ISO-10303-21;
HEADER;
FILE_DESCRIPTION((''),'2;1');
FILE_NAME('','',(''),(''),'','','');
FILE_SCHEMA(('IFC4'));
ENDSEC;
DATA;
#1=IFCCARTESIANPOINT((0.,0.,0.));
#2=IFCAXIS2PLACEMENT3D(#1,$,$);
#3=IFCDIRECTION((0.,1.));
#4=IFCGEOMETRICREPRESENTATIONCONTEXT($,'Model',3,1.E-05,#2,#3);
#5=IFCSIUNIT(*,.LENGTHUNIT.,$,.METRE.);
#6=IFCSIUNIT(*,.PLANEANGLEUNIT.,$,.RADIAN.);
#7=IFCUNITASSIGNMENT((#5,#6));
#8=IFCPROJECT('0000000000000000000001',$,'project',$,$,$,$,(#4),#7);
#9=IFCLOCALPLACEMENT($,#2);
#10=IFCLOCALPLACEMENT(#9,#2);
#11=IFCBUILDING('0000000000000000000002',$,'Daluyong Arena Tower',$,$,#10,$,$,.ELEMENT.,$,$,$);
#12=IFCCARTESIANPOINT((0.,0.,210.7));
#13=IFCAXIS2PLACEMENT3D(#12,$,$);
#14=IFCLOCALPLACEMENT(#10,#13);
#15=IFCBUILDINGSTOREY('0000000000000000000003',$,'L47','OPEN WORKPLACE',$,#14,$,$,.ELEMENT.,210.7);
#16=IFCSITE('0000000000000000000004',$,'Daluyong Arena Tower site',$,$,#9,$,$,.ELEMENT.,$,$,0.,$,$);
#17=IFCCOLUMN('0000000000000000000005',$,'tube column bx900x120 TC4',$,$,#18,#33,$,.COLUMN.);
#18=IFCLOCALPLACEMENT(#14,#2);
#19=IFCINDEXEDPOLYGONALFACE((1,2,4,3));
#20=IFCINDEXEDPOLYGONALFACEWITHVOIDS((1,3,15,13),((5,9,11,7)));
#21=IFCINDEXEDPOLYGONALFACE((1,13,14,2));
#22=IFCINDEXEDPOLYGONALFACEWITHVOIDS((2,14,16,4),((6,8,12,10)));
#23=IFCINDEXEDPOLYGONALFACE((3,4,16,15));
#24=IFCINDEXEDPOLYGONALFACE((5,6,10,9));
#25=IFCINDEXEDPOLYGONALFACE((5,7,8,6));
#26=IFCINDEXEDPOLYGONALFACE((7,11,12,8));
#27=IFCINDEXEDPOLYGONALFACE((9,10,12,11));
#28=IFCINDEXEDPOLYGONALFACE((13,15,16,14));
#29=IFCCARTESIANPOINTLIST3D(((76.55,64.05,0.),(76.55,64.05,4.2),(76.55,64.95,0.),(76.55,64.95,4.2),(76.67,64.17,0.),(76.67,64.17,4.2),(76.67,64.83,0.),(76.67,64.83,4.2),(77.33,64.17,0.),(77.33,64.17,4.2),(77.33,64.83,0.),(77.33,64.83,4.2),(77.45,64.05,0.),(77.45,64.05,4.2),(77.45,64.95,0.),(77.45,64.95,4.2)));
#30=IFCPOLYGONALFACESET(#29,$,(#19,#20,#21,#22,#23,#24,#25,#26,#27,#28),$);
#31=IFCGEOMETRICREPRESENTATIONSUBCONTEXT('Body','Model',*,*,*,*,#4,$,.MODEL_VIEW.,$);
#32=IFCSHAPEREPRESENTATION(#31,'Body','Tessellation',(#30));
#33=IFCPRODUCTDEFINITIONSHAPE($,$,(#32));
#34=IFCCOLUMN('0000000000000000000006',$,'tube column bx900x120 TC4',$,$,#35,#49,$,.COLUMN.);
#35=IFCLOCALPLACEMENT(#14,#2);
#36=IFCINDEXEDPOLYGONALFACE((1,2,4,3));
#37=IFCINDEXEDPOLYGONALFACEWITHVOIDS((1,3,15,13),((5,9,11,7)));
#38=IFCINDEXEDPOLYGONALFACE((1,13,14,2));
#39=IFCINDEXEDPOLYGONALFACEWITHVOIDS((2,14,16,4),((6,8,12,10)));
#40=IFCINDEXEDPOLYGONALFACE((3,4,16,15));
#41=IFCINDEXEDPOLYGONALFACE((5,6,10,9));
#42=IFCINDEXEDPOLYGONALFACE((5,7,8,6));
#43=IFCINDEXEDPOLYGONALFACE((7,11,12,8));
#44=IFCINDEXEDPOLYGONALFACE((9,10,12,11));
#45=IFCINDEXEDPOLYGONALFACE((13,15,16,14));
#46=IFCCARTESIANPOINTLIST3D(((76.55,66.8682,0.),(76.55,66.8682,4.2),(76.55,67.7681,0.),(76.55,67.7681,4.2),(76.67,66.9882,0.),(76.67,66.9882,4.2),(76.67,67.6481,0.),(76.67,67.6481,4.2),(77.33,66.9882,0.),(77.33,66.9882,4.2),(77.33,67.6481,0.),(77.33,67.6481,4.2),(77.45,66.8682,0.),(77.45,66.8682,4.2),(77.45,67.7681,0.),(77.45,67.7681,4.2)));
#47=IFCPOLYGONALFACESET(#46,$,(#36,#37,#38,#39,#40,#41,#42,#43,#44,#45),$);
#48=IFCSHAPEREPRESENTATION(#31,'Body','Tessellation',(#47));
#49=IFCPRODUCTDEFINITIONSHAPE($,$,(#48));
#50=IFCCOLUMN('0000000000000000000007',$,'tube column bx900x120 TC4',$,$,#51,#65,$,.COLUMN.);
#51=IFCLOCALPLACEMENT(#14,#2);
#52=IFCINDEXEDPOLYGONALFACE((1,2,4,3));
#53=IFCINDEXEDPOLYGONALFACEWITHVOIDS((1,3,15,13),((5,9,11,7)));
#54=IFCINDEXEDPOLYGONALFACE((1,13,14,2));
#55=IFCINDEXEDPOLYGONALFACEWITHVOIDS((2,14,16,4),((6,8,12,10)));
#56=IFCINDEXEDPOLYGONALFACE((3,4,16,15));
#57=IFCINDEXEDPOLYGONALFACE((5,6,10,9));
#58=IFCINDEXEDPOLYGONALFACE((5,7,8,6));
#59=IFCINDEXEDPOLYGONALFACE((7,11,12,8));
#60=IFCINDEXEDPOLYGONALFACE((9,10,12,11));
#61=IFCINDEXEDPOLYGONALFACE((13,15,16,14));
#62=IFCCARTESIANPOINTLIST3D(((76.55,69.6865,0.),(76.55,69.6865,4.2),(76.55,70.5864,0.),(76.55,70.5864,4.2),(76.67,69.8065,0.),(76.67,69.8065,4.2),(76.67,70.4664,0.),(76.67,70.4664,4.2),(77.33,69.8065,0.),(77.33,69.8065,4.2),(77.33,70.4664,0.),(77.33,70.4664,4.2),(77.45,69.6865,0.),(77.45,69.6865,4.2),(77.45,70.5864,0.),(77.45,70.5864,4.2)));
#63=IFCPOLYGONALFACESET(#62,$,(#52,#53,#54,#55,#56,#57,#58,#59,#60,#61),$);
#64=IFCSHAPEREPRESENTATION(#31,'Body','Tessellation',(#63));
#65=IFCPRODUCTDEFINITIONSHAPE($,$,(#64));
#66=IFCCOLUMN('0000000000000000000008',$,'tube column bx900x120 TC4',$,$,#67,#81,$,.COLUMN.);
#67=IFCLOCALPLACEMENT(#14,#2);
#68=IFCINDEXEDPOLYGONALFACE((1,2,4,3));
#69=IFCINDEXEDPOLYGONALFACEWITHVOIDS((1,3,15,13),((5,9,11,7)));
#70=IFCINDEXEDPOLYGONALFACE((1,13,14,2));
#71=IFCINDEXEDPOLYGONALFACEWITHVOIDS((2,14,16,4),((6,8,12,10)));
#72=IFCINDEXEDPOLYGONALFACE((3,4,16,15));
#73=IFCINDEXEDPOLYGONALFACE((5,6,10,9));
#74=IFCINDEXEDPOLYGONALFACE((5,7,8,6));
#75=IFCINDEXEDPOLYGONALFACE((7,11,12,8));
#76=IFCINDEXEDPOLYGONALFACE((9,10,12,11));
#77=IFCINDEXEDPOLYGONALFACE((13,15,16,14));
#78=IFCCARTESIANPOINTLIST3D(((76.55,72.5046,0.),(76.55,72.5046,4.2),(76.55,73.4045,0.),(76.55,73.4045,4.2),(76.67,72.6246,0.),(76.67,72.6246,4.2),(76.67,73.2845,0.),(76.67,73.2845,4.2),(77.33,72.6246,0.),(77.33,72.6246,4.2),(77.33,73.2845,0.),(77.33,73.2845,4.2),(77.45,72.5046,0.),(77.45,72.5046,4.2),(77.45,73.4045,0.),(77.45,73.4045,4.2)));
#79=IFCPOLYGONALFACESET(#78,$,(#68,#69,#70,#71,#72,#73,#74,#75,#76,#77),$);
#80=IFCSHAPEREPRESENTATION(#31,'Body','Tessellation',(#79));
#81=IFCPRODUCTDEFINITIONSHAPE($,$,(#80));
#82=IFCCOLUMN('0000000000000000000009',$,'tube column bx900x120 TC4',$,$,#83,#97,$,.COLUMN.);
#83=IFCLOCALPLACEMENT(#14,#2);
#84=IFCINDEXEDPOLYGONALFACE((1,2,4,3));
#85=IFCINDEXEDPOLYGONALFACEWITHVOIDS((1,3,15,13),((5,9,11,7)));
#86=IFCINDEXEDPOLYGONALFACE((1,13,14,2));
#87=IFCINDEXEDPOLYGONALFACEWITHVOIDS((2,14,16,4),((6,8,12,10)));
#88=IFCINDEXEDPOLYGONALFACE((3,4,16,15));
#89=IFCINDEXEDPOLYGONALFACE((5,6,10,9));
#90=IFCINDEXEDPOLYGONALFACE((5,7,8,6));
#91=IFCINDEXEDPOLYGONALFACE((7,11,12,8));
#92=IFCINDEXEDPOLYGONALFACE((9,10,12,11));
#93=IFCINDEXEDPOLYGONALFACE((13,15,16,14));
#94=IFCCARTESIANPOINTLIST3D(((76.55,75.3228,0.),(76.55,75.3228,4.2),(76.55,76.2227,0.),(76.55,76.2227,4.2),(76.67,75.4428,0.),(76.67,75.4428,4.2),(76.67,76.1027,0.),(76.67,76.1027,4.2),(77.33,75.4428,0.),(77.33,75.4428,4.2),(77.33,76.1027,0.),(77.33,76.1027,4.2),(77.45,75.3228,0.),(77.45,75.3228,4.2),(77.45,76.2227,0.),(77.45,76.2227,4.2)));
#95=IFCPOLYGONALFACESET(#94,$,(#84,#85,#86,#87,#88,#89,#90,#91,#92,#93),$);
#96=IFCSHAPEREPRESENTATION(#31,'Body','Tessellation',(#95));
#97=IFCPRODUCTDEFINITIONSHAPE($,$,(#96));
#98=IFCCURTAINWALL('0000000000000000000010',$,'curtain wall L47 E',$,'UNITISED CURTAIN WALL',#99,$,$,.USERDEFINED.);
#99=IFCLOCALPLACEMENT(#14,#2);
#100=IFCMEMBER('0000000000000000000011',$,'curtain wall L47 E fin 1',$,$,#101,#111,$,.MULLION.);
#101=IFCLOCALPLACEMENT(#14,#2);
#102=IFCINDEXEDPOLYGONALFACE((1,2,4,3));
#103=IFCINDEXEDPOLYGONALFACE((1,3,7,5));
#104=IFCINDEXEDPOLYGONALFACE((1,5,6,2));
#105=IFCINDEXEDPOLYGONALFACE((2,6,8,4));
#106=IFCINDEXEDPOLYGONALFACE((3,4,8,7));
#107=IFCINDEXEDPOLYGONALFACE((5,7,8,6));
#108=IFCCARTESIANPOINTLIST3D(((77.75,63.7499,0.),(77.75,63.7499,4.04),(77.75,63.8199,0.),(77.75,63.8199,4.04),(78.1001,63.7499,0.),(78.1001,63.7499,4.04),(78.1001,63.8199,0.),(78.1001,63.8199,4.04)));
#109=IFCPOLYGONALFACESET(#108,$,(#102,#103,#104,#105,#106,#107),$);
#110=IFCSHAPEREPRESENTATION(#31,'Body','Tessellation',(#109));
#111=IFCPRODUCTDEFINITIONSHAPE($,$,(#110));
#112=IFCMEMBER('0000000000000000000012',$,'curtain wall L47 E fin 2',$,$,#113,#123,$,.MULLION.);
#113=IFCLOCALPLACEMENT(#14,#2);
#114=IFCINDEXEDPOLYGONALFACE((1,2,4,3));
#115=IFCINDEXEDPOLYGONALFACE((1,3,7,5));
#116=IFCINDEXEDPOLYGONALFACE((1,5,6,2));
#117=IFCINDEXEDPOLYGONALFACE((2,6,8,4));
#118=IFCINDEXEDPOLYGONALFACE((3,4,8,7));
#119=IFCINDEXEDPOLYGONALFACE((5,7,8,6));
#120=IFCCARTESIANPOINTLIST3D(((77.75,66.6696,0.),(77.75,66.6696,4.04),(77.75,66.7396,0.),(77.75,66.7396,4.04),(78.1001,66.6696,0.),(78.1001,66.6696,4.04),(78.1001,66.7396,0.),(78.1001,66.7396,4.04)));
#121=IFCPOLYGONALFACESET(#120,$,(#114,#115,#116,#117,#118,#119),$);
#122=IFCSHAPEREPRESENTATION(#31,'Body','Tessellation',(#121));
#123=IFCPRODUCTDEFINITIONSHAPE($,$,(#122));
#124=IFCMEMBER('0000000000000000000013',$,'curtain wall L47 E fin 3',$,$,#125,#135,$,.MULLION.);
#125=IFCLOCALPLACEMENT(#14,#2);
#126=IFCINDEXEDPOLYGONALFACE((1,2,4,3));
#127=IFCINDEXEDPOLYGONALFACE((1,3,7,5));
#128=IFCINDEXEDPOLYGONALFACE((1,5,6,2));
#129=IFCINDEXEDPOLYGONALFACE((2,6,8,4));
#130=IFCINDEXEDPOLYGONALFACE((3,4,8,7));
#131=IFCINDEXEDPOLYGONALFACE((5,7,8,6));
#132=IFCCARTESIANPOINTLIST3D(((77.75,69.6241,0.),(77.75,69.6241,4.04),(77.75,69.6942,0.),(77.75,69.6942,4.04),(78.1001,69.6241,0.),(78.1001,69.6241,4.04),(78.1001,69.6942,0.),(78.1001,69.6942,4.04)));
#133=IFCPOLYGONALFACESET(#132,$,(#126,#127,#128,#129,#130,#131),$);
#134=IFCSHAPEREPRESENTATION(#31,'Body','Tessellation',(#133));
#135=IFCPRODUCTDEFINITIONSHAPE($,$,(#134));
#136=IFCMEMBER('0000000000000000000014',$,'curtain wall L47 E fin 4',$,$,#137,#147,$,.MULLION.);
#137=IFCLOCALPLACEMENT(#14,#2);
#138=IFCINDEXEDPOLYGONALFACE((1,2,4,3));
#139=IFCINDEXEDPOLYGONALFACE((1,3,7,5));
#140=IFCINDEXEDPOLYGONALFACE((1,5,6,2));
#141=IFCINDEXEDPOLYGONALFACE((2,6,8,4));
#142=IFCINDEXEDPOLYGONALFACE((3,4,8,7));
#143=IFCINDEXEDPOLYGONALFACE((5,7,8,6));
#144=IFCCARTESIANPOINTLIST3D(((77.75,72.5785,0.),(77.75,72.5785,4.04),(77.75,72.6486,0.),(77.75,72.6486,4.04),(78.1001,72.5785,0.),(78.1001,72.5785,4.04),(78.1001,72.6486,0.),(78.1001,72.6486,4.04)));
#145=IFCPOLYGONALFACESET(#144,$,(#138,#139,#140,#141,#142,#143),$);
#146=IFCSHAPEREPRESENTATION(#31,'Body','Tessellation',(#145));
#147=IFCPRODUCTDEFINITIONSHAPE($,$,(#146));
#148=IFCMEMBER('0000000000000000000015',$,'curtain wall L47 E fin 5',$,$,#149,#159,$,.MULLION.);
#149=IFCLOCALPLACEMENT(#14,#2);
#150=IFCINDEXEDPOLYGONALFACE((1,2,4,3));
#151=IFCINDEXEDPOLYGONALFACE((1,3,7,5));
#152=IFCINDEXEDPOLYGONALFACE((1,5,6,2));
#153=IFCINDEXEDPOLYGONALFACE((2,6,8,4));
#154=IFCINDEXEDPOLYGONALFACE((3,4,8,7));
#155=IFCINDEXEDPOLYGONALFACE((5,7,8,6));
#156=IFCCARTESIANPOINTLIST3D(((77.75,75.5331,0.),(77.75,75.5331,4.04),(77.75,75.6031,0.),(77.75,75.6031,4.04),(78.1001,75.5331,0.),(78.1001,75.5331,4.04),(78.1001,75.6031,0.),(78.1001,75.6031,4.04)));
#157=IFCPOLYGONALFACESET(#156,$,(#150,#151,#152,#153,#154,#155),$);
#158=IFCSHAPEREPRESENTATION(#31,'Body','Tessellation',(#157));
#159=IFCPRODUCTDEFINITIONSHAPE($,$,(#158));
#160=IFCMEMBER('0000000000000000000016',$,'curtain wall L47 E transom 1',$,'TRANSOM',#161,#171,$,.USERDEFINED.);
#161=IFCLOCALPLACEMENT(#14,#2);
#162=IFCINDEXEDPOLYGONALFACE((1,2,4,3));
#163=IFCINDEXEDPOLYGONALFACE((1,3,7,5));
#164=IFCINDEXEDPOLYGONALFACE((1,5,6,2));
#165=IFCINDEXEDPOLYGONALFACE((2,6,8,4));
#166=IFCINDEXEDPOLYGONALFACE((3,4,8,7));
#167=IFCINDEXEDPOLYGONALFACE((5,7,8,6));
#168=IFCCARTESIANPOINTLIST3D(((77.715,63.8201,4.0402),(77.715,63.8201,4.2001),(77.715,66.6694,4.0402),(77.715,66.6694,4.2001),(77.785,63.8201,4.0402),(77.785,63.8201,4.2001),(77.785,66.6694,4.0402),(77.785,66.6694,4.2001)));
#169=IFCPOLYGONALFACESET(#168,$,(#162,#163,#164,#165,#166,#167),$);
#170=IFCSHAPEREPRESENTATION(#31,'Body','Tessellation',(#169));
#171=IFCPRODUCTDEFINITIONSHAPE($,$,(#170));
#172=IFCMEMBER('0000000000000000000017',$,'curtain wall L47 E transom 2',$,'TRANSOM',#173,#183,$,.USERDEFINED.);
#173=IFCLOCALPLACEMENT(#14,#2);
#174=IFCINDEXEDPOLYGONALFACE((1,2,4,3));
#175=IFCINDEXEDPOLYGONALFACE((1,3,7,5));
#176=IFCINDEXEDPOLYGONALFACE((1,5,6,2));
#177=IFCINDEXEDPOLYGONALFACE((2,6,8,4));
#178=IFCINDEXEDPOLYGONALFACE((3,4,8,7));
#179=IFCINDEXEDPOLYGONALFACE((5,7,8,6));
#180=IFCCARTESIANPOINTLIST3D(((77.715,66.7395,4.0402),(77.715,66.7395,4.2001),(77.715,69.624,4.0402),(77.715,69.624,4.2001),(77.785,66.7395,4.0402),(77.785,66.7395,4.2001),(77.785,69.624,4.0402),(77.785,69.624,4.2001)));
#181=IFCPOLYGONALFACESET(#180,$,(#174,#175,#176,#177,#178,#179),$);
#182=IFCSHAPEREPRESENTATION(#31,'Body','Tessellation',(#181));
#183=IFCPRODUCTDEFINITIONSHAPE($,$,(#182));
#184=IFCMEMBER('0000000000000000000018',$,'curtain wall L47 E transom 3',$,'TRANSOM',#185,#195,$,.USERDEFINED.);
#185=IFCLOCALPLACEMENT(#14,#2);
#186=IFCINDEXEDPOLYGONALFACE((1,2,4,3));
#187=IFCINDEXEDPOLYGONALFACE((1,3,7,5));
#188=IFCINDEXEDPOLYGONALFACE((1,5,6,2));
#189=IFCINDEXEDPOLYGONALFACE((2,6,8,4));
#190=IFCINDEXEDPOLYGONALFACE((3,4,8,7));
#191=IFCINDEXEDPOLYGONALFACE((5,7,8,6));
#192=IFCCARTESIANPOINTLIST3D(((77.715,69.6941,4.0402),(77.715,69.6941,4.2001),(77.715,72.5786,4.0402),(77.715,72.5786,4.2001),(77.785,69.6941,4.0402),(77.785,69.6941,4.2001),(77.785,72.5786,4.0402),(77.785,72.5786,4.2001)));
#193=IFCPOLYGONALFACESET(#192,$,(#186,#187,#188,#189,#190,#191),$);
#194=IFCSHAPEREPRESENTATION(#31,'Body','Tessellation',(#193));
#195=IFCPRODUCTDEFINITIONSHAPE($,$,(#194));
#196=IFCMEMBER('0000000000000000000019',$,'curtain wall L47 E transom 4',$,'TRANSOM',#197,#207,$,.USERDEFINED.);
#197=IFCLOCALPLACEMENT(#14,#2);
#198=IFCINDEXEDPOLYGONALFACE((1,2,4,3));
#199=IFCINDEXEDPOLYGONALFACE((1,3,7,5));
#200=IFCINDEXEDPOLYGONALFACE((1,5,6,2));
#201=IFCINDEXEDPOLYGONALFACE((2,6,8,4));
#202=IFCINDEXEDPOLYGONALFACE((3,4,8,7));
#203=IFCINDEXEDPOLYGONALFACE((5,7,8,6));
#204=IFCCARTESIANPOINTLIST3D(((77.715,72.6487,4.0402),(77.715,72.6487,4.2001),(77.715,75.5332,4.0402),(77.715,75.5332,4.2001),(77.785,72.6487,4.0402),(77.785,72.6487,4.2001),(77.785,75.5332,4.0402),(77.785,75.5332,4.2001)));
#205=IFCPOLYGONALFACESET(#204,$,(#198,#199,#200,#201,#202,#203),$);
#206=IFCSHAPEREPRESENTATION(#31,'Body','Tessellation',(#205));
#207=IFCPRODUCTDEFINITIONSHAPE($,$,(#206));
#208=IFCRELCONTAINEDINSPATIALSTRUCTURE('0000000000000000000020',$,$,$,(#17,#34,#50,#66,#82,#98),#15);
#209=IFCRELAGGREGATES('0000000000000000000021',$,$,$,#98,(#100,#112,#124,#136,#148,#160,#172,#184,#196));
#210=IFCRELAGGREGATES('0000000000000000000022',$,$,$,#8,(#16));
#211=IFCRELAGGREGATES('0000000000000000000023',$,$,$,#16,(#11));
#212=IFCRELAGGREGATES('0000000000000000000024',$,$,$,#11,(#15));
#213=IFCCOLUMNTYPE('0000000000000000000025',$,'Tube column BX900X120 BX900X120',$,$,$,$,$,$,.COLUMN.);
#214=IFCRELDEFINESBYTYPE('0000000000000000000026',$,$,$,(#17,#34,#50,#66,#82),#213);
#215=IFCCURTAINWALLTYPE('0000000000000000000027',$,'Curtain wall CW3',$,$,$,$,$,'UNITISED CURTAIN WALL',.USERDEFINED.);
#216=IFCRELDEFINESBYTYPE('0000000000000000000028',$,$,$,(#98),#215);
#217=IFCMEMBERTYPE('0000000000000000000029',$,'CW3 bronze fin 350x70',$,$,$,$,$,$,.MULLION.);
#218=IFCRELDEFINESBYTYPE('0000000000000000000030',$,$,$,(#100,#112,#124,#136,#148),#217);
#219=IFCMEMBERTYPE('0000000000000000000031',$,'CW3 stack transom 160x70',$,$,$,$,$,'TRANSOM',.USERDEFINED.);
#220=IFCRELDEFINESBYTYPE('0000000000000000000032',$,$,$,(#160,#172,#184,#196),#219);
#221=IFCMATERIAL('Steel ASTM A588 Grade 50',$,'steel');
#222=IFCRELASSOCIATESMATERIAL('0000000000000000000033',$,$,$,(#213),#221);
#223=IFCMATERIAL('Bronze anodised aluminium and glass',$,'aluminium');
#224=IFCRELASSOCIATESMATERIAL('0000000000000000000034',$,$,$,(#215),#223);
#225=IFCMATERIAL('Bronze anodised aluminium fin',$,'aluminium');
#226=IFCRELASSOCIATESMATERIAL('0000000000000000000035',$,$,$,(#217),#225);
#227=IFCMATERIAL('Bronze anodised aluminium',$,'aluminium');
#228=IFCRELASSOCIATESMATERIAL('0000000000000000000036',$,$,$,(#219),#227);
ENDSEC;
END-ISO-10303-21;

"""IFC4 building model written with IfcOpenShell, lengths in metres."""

from ifc_helpers import new_model, si_unit, direction, frame, origin, origin_2d, place, context, subcontext, project, spatial, rectangle, hollow_rectangle, extrude, material, material_profile, profile_set, type_object, element, aggregate, save


model = new_model("IFC4")

# Units and contexts
model_context = context("Model", 3, precision=1e-05, world=origin(), true_north=direction((0.0, 1.0)))
body_context = subcontext(model_context, "Body", "Model", "MODEL_VIEW")
ifc_project = project(units=[si_unit("LENGTHUNIT", "METRE"), si_unit("PLANEANGLEUNIT", "RADIAN")], contexts=[model_context])

# Site, building, storey
site_placement = place(None, origin())
site = spatial("IfcSite", under=ifc_project, at=site_placement, Name="Daluyong Arena Tower site", CompositionType="ELEMENT", RefElevation=0.0)
building_placement = place(site_placement, origin())
building = spatial("IfcBuilding", under=site, at=building_placement, Name="Daluyong Arena Tower", CompositionType="ELEMENT")
storey_placement = place(building_placement, frame((0.0, 0.0, 210.7)))
storey = spatial("IfcBuildingStorey", under=building, at=storey_placement, Name="L47", Description="OPEN WORKPLACE", CompositionType="ELEMENT", Elevation=210.7)

# Columns
ifc_material_1 = material(Name="Steel ASTM A588 Grade 50", Category="steel")
ifc_material_profile_1 = material_profile(ifc_material_1, hollow_rectangle(XDim=0.8999, YDim=0.8999, WallThickness=0.12, at=origin_2d()))
ifc_profile_set_1 = profile_set([ifc_material_profile_1], Name="Steel ASTM A588 Grade 50")
column_type = type_object("IfcColumnType", Name="Tube column BX900X120 BX900X120", PredefinedType="COLUMN", material=ifc_profile_set_1)
for number, where, z_axis, x_axis, name in (
    (1, (77.0, 64.5, 0.0), (0.0, 0.0, 1.0), (0.0, 1.0, 0.0), "tube column bx900x120 TC4"),
    (2, (77.0, 67.3181, 0.0), (0.0, 0.0, 1.0), (0.0, 1.0, 0.0), "tube column bx900x120 TC4"),
    (3, (77.0, 70.1365, 0.0), (0.0, 0.0, 1.0), (0.0, 1.0, 0.0), "tube column bx900x120 TC4"),
    (4, (77.0, 72.9546, 0.0), (0.0, 0.0, 1.0), (0.0, 1.0, 0.0), "tube column bx900x120 TC4"),
    (5, (77.0, 75.7727, 0.0), (0.0, 0.0, 1.0), (0.0, 1.0, 0.0), "tube column bx900x120 TC4"),
):
    element("IfcColumn", number, at=place(storey_placement, frame(where, z_axis=z_axis, x_axis=x_axis)), inside=storey, type_object=column_type, Name=name, PredefinedType="COLUMN", context=body_context, shape_type="SweptSolid", body=[
        extrude(hollow_rectangle(XDim=0.8999, YDim=0.8999, WallThickness=0.12, at=origin_2d()), origin(), (0.0, 0.0, 1.0), 4.2),
    ])

# Curtain wall, members
ifc_material_2 = material(Name="Bronze anodised aluminium and glass", Category="aluminium")
curtain_wall_type_1 = type_object("IfcCurtainWallType", Name="Curtain wall CW3", ElementType="UNITISED CURTAIN WALL", PredefinedType="USERDEFINED", material=ifc_material_2)
curtain_wall_1_placement = place(storey_placement, origin())
curtain_wall_1 = element("IfcCurtainWall", 6, at=curtain_wall_1_placement, inside=storey, type_object=curtain_wall_type_1, Name="curtain wall L47 E", ObjectType="UNITISED CURTAIN WALL", PredefinedType="USERDEFINED")
ifc_material_3 = material(Name="Bronze anodised aluminium fin", Category="aluminium")
ifc_material_profile_2 = material_profile(ifc_material_3, rectangle(XDim=0.3501, YDim=0.0701, at=origin_2d()))
ifc_profile_set_2 = profile_set([ifc_material_profile_2], Name="Bronze anodised aluminium fin")
member_type_1 = type_object("IfcMemberType", Name="CW3 bronze fin 350x70", PredefinedType="MULLION", material=ifc_profile_set_2)
member_1_placement = place(storey_placement, frame((77.925, 63.7849, 0.0), z_axis=(0.0, 0.0, 1.0), x_axis=(-1.0, 0.0, 0.0)))
member_1 = element("IfcMember", 7, at=member_1_placement, type_object=member_type_1, Name="curtain wall L47 E fin 1", PredefinedType="MULLION", context=body_context, shape_type="SweptSolid", body=[
    extrude(rectangle(XDim=0.3501, YDim=0.0701, at=origin_2d()), origin(), (0.0, 0.0, 1.0), 4.04),
])
member_2_placement = place(storey_placement, frame((77.925, 66.7046, 0.0), z_axis=(0.0, 0.0, 1.0), x_axis=(-1.0, 0.0, 0.0)))
member_2 = element("IfcMember", 8, at=member_2_placement, type_object=member_type_1, Name="curtain wall L47 E fin 2", PredefinedType="MULLION", context=body_context, shape_type="SweptSolid", body=[
    extrude(rectangle(XDim=0.3501, YDim=0.0701, at=origin_2d()), origin(), (0.0, 0.0, 1.0), 4.04),
])
member_3_placement = place(storey_placement, frame((77.925, 69.6592, 0.0), z_axis=(0.0, 0.0, 1.0), x_axis=(-1.0, 0.0, 0.0)))
member_3 = element("IfcMember", 9, at=member_3_placement, type_object=member_type_1, Name="curtain wall L47 E fin 3", PredefinedType="MULLION", context=body_context, shape_type="SweptSolid", body=[
    extrude(rectangle(XDim=0.3501, YDim=0.0701, at=origin_2d()), origin(), (0.0, 0.0, 1.0), 4.04),
])
member_4_placement = place(storey_placement, frame((77.925, 72.6135, 0.0), z_axis=(0.0, 0.0, 1.0), x_axis=(-1.0, 0.0, 0.0)))
member_4 = element("IfcMember", 10, at=member_4_placement, type_object=member_type_1, Name="curtain wall L47 E fin 4", PredefinedType="MULLION", context=body_context, shape_type="SweptSolid", body=[
    extrude(rectangle(XDim=0.3501, YDim=0.0701, at=origin_2d()), origin(), (0.0, 0.0, 1.0), 4.04),
])
member_5_placement = place(storey_placement, frame((77.925, 75.5681, 0.0), z_axis=(0.0, 0.0, 1.0), x_axis=(-1.0, 0.0, 0.0)))
member_5 = element("IfcMember", 11, at=member_5_placement, type_object=member_type_1, Name="curtain wall L47 E fin 5", PredefinedType="MULLION", context=body_context, shape_type="SweptSolid", body=[
    extrude(rectangle(XDim=0.3501, YDim=0.0701, at=origin_2d()), origin(), (0.0, 0.0, 1.0), 4.04),
])
ifc_material_4 = material(Name="Bronze anodised aluminium", Category="aluminium")
ifc_material_profile_3 = material_profile(ifc_material_4, rectangle(XDim=0.0701, YDim=0.1599, at=origin_2d()))
ifc_profile_set_3 = profile_set([ifc_material_profile_3], Name="Bronze anodised aluminium")
member_type_2 = type_object("IfcMemberType", Name="CW3 stack transom 160x70", ElementType="TRANSOM", PredefinedType="USERDEFINED", material=ifc_profile_set_3)
member_6_placement = place(storey_placement, frame((77.75, 63.8201, 4.1201), z_axis=(0.0, 1.0, 0.0), x_axis=(-1.0, 0.0, 0.0)))
member_6 = element("IfcMember", 12, at=member_6_placement, type_object=member_type_2, Name="curtain wall L47 E transom 1", ObjectType="TRANSOM", PredefinedType="USERDEFINED", context=body_context, shape_type="SweptSolid", body=[
    extrude(rectangle(XDim=0.0701, YDim=0.1599, at=origin_2d()), origin(), (0.0, 0.0, 1.0), 2.8494),
])
member_7_placement = place(storey_placement, frame((77.75, 66.7395, 4.1201), z_axis=(0.0, 1.0, 0.0), x_axis=(-1.0, 0.0, 0.0)))
member_7 = element("IfcMember", 13, at=member_7_placement, type_object=member_type_2, Name="curtain wall L47 E transom 2", ObjectType="TRANSOM", PredefinedType="USERDEFINED", context=body_context, shape_type="SweptSolid", body=[
    extrude(rectangle(XDim=0.0701, YDim=0.1599, at=origin_2d()), origin(), (0.0, 0.0, 1.0), 2.8845),
])
member_8_placement = place(storey_placement, frame((77.75, 69.6941, 4.1201), z_axis=(0.0, 1.0, 0.0), x_axis=(-1.0, 0.0, 0.0)))
member_8 = element("IfcMember", 14, at=member_8_placement, type_object=member_type_2, Name="curtain wall L47 E transom 3", ObjectType="TRANSOM", PredefinedType="USERDEFINED", context=body_context, shape_type="SweptSolid", body=[
    extrude(rectangle(XDim=0.0701, YDim=0.1599, at=origin_2d()), origin(), (0.0, 0.0, 1.0), 2.8845),
])
member_9_placement = place(storey_placement, frame((77.75, 72.6487, 4.1201), z_axis=(0.0, 1.0, 0.0), x_axis=(-1.0, 0.0, 0.0)))
member_9 = element("IfcMember", 15, at=member_9_placement, type_object=member_type_2, Name="curtain wall L47 E transom 4", ObjectType="TRANSOM", PredefinedType="USERDEFINED", context=body_context, shape_type="SweptSolid", body=[
    extrude(rectangle(XDim=0.0701, YDim=0.1599, at=origin_2d()), origin(), (0.0, 0.0, 1.0), 2.8845),
])

aggregate(curtain_wall_1, [member_1, member_2, member_3, member_4, member_5, member_6, member_7, member_8, member_9])

save(model, "model.ifc")
